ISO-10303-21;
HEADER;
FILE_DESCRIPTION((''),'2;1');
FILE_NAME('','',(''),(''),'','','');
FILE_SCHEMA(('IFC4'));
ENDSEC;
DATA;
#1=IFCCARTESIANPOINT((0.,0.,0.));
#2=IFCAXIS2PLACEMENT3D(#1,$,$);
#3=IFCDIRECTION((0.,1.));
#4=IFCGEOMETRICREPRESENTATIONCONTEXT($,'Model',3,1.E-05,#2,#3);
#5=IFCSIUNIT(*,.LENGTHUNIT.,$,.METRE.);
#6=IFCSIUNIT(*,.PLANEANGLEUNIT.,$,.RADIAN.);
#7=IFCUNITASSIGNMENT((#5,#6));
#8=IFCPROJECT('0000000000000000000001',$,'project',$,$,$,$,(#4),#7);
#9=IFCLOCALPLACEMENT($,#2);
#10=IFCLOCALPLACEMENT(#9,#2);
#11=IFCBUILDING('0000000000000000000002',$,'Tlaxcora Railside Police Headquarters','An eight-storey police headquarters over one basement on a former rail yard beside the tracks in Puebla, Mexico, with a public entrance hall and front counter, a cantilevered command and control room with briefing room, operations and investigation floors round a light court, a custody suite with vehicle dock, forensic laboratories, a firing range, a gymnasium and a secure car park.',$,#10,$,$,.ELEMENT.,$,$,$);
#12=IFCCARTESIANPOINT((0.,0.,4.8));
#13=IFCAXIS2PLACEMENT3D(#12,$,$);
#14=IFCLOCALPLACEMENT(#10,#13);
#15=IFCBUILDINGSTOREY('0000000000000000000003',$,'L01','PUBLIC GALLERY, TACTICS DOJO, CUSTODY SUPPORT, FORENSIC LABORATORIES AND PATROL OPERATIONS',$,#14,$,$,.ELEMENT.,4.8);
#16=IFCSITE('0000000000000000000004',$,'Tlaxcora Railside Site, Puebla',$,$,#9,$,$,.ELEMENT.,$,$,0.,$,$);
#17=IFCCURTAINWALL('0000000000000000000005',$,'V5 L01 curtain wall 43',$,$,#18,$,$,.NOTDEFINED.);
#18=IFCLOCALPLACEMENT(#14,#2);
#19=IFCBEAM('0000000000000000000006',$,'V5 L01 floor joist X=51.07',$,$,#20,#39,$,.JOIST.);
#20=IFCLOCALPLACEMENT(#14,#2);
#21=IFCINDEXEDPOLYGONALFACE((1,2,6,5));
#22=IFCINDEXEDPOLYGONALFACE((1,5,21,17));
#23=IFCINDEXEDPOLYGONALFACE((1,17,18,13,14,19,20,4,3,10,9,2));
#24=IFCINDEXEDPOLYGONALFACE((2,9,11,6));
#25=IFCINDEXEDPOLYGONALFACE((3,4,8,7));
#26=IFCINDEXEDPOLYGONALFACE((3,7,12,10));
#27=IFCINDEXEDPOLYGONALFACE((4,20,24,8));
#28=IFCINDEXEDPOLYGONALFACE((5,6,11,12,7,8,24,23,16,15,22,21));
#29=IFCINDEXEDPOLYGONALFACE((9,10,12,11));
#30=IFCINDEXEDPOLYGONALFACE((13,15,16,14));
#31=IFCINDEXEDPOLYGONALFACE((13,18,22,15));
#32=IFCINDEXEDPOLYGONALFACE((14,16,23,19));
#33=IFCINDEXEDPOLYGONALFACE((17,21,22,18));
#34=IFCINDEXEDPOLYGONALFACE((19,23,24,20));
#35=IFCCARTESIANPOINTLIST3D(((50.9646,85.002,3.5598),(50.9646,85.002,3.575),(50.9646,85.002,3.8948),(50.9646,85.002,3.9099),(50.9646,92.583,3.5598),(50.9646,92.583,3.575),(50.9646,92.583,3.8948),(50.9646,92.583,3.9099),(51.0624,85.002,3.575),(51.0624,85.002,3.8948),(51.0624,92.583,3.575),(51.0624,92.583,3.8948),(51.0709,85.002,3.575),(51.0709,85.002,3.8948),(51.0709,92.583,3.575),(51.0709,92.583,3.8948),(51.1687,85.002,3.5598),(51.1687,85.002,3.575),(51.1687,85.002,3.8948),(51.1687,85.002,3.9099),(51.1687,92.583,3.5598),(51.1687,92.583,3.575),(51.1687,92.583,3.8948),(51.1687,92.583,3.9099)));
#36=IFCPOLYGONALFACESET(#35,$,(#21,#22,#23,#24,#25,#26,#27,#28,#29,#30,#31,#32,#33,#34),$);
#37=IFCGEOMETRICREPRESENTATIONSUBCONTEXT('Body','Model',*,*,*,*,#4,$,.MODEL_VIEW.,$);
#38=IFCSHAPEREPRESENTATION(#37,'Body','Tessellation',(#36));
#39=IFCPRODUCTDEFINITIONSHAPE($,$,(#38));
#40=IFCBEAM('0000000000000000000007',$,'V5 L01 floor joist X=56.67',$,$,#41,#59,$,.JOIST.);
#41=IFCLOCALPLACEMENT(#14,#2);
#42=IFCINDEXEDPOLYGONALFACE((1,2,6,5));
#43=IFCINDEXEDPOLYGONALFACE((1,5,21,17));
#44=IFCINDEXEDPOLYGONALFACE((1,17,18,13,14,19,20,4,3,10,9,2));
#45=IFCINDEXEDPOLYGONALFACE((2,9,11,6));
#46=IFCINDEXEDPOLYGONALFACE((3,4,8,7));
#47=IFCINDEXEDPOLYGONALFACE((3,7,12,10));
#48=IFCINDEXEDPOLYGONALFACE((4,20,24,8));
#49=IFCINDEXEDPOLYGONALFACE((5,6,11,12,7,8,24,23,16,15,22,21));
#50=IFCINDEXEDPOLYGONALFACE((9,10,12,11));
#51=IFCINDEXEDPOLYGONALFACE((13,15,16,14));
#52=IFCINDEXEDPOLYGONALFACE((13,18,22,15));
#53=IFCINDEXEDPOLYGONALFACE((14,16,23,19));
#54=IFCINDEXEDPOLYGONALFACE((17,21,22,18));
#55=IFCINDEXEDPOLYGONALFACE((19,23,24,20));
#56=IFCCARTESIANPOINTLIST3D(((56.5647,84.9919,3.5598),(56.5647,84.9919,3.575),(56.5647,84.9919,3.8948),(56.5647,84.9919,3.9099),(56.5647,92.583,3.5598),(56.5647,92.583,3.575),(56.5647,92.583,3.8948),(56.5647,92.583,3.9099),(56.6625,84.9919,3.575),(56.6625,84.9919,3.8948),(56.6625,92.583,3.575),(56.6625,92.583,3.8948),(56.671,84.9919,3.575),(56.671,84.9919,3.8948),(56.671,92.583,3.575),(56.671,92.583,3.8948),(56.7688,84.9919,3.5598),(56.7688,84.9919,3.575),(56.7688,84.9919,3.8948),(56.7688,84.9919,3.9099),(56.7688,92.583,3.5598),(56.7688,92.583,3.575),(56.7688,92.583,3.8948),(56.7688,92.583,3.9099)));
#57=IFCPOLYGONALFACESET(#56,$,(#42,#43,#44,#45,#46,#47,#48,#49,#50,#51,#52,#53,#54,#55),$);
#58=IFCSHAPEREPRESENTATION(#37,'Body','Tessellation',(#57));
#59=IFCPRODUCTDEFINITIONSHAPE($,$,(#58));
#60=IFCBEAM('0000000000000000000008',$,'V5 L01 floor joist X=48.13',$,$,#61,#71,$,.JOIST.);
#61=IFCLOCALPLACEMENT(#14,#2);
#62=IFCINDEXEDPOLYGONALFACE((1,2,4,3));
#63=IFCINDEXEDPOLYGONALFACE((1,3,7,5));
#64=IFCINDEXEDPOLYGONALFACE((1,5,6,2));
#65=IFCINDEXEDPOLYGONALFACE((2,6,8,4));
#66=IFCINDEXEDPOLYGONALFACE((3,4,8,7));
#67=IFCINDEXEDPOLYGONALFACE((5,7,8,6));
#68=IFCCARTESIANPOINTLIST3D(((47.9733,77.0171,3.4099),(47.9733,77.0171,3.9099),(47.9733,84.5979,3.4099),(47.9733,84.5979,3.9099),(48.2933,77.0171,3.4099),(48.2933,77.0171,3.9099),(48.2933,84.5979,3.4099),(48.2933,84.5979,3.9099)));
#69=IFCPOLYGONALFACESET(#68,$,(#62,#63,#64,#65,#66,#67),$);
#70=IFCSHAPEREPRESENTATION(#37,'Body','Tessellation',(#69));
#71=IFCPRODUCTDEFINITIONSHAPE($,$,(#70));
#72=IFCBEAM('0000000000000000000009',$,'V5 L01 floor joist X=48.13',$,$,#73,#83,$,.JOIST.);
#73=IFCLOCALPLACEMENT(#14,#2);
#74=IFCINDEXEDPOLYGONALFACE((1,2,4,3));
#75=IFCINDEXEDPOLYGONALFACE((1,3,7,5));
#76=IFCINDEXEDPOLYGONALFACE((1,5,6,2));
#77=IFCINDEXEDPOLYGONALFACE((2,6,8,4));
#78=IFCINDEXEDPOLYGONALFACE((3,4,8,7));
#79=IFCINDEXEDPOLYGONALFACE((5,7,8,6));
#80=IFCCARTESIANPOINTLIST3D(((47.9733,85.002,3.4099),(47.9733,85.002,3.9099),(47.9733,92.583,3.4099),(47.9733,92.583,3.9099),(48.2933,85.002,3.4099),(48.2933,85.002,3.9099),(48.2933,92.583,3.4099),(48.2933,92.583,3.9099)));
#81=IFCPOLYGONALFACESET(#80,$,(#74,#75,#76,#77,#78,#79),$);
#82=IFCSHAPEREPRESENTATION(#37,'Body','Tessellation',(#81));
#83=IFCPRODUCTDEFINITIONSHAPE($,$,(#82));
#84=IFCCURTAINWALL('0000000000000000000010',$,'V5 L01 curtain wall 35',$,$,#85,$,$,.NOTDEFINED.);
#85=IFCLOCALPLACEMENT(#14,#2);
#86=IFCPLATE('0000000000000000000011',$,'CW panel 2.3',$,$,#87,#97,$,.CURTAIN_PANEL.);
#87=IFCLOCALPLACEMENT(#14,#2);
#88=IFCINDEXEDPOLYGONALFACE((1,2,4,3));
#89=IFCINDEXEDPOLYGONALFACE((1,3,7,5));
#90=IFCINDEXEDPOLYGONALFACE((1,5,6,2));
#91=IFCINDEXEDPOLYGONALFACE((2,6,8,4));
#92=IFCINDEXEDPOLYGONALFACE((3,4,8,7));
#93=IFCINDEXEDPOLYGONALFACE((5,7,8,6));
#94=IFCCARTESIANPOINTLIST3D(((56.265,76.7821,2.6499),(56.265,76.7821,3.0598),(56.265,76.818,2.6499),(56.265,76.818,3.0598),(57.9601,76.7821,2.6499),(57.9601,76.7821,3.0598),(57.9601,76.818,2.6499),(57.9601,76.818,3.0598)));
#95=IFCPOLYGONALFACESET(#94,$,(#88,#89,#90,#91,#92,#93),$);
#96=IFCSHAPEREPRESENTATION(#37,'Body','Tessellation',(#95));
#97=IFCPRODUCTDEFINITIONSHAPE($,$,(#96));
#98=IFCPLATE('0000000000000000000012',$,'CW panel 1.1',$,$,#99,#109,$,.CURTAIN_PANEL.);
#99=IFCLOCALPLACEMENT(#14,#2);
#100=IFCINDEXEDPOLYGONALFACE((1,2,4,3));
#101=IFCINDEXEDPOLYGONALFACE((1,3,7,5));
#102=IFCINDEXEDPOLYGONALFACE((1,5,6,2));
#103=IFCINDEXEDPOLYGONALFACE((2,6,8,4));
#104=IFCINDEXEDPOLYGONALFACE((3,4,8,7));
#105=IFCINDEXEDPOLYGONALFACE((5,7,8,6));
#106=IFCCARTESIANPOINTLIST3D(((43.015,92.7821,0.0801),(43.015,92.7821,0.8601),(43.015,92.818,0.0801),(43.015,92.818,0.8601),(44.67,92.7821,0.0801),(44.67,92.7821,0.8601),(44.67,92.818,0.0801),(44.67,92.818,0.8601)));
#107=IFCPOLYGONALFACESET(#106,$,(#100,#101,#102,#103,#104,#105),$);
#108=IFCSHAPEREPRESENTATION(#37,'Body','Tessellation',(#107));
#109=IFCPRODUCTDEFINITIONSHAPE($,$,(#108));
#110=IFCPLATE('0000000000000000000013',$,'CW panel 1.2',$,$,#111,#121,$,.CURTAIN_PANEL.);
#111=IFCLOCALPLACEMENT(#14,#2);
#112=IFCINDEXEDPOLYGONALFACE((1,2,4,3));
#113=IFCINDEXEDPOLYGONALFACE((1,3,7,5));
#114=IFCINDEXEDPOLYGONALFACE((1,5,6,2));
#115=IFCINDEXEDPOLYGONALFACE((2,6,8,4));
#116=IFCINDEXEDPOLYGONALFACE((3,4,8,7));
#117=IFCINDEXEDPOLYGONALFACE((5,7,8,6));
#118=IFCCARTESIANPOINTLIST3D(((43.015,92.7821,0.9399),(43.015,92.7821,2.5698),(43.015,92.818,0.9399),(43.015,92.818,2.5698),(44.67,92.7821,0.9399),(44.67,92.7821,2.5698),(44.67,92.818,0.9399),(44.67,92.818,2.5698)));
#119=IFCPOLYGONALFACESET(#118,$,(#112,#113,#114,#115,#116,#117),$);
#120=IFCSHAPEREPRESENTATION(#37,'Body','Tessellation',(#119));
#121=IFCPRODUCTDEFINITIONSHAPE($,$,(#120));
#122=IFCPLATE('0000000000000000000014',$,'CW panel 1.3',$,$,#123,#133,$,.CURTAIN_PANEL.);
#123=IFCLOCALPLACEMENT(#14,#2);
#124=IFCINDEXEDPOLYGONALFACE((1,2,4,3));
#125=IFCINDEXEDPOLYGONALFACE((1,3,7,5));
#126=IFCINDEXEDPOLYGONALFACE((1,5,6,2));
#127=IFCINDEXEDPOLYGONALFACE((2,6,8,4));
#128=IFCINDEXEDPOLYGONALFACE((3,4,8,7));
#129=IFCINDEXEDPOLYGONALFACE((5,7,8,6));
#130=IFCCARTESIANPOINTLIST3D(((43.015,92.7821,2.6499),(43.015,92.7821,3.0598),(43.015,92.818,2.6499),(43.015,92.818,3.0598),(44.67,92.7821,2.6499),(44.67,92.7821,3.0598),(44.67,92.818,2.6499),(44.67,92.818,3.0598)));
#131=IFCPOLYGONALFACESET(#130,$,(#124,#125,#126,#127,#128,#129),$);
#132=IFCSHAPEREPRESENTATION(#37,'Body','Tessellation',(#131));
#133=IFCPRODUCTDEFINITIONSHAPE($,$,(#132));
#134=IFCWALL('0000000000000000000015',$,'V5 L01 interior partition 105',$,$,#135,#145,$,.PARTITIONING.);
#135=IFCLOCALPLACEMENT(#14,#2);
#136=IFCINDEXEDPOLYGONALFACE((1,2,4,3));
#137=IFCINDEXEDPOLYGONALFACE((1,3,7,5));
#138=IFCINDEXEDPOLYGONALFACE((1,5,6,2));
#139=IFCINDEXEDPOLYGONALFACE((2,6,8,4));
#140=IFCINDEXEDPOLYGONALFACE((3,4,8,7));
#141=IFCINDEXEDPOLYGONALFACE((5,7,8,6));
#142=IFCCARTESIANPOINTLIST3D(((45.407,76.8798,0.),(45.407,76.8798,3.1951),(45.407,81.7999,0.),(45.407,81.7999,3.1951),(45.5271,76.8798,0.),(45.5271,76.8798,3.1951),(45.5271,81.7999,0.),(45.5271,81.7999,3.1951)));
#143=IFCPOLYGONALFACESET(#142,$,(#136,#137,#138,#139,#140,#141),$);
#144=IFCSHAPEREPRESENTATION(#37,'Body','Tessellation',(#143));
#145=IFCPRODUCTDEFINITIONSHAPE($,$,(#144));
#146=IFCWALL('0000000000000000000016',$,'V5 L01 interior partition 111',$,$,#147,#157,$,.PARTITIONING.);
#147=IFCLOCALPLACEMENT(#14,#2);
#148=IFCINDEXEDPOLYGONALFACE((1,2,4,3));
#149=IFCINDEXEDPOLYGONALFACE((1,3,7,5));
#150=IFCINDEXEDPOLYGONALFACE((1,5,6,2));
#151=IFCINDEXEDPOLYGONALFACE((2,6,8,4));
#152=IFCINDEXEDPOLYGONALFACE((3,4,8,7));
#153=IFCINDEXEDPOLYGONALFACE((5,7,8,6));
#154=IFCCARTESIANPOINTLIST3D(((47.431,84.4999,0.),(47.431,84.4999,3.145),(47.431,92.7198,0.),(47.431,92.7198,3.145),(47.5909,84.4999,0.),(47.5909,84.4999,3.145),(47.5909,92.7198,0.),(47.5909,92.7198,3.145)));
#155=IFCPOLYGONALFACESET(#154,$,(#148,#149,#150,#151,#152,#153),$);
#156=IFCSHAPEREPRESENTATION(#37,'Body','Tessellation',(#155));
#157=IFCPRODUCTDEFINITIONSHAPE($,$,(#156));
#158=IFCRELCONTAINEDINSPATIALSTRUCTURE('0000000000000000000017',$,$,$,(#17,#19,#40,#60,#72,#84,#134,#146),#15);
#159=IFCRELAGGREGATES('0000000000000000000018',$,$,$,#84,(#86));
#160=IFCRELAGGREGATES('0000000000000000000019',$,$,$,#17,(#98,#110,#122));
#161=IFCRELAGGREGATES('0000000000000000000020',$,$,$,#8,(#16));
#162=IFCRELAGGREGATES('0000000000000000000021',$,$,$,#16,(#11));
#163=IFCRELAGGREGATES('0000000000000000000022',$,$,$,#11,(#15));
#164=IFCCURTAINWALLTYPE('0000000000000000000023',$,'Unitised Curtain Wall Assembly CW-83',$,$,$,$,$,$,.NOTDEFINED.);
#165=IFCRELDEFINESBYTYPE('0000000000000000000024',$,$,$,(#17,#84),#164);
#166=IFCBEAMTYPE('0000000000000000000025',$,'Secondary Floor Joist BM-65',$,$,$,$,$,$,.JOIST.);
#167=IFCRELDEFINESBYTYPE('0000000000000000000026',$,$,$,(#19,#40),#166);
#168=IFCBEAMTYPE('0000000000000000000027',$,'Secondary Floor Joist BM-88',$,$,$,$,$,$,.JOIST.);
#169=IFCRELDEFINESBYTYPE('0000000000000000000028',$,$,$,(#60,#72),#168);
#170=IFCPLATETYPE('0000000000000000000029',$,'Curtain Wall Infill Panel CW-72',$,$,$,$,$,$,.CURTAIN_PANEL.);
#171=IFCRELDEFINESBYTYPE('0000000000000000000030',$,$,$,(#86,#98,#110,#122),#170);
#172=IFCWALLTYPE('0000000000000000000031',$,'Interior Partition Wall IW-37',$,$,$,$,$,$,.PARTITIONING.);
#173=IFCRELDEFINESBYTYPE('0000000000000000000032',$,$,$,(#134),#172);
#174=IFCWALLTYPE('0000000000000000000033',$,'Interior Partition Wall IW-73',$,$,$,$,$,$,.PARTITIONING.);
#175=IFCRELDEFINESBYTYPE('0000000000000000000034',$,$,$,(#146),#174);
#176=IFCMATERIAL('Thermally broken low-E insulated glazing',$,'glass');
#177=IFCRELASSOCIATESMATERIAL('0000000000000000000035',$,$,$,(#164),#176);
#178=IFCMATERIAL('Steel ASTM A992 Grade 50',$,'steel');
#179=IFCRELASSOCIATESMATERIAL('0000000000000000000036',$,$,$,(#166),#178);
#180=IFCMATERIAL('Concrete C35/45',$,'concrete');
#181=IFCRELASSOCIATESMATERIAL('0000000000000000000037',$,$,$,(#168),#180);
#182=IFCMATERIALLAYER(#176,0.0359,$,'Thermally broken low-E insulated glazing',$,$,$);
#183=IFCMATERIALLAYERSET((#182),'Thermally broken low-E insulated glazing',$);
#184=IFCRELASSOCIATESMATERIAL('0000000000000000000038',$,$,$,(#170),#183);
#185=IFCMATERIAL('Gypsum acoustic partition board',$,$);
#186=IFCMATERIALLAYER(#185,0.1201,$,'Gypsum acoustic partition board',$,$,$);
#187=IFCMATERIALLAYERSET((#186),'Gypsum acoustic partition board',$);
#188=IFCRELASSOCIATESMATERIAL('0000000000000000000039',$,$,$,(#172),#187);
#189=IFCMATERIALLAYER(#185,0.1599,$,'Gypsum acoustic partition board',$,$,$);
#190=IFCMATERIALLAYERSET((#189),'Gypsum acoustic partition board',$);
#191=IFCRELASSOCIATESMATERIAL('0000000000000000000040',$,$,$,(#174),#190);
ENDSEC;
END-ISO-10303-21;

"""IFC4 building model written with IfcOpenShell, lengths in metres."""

from ifc_helpers import new_model, si_unit, direction, frame, frame_2d, origin, origin_2d, place, context, subcontext, project, spatial, rectangle, i_section, extrude, material, layer, layer_set, material_profile, profile_set, type_object, element, aggregate, save


model = new_model("IFC4")

# Units and contexts
model_context = context("Model", 3, precision=1e-05, world=origin(), true_north=direction((0.0, 1.0)))
body_context = subcontext(model_context, "Body", "Model", "MODEL_VIEW")
ifc_project = project(units=[si_unit("LENGTHUNIT", "METRE"), si_unit("PLANEANGLEUNIT", "RADIAN")], contexts=[model_context])

# Site, building, storey
site_placement = place(None, origin())
site = spatial("IfcSite", under=ifc_project, at=site_placement, Name="Tlaxcora Railside Site, Puebla", CompositionType="ELEMENT", RefElevation=0.0)
building_placement = place(site_placement, origin())
building = spatial("IfcBuilding", under=site, at=building_placement, Name="Tlaxcora Railside Police Headquarters", Description="An eight-storey police headquarters over one basement on a former rail yard beside the tracks in Puebla, Mexico, with a public entrance hall and front counter, a cantilevered command and control room with briefing room, operations and investigation floors round a light court, a custody suite with vehicle dock, forensic laboratories, a firing range, a gymnasium and a secure car park.", CompositionType="ELEMENT")
storey_placement = place(building_placement, frame((0.0, 0.0, 4.8)))
storey = spatial("IfcBuildingStorey", under=building, at=storey_placement, Name="L01", Description="PUBLIC GALLERY, TACTICS DOJO, CUSTODY SUPPORT, FORENSIC LABORATORIES AND PATROL OPERATIONS", CompositionType="ELEMENT", Elevation=4.8)

# Curtain wall
ifc_material_1 = material(Name="Thermally broken low-E insulated glazing", Category="glass")
curtain_wall_type = type_object("IfcCurtainWallType", Name="Unitised Curtain Wall Assembly CW-83", PredefinedType="NOTDEFINED", material=ifc_material_1)
curtain_wall_1_placement = place(storey_placement, origin())
curtain_wall_1 = element("IfcCurtainWall", 1, at=curtain_wall_1_placement, inside=storey, type_object=curtain_wall_type, Name="V5 L01 curtain wall 43", PredefinedType="NOTDEFINED")

# Beams
ifc_material_2 = material(Name="Steel ASTM A992 Grade 50", Category="steel")
ifc_material_profile_1 = material_profile(ifc_material_2, i_section(OverallWidth=0.2041, OverallDepth=0.3501, WebThickness=0.0085, FlangeThickness=0.0151, at=origin_2d()), Name="W14X48")
ifc_profile_set_1 = profile_set([ifc_material_profile_1], Name="Steel ASTM A992 Grade 50")
beam_type_1 = type_object("IfcBeamType", Name="Secondary Floor Joist BM-65", PredefinedType="JOIST", material=ifc_profile_set_1)
beam_1_placement = place(storey_placement, frame((51.0667, 85.002, 3.7349), z_axis=(0.0, 1.0, 0.0), x_axis=(-1.0, 0.0, 0.0)))
element("IfcBeam", 2, at=beam_1_placement, inside=storey, type_object=beam_type_1, Name="V5 L01 floor joist X=51.07", PredefinedType="JOIST", context=body_context, shape_type="SweptSolid", body=[
    extrude(i_section(OverallWidth=0.2041, OverallDepth=0.3501, WebThickness=0.0085, FlangeThickness=0.0151, at=origin_2d()), origin(), (0.0, 0.0, 1.0), 7.5811),
])
beam_2_placement = place(storey_placement, frame((56.6667, 84.9919, 3.7349), z_axis=(0.0, 1.0, 0.0), x_axis=(-1.0, 0.0, 0.0)))
element("IfcBeam", 3, at=beam_2_placement, inside=storey, type_object=beam_type_1, Name="V5 L01 floor joist X=56.67", PredefinedType="JOIST", context=body_context, shape_type="SweptSolid", body=[
    extrude(i_section(OverallWidth=0.2041, OverallDepth=0.3501, WebThickness=0.0085, FlangeThickness=0.0151, at=origin_2d()), origin(), (0.0, 0.0, 1.0), 7.5911),
])
ifc_material_3 = material(Name="Concrete C35/45", Category="concrete")
ifc_material_profile_2 = material_profile(ifc_material_3, rectangle(XDim=0.3201, YDim=0.5, at=origin_2d()), Name="RC320X500")
ifc_profile_set_2 = profile_set([ifc_material_profile_2], Name="Concrete C35/45")
beam_type_2 = type_object("IfcBeamType", Name="Secondary Floor Joist BM-88", PredefinedType="JOIST", material=ifc_profile_set_2)
beam_3_placement = place(storey_placement, frame((48.1333, 77.0171, 3.6599), z_axis=(0.0, 1.0, 0.0), x_axis=(-1.0, 0.0, 0.0)))
element("IfcBeam", 4, at=beam_3_placement, inside=storey, type_object=beam_type_2, Name="V5 L01 floor joist X=48.13", PredefinedType="JOIST", context=body_context, shape_type="SweptSolid", body=[
    extrude(rectangle(XDim=0.3201, YDim=0.5, at=origin_2d()), origin(), (0.0, 0.0, 1.0), 7.5808),
])
beam_4_placement = place(storey_placement, frame((48.1333, 85.002, 3.6599), z_axis=(0.0, 1.0, 0.0), x_axis=(-1.0, 0.0, 0.0)))
element("IfcBeam", 5, at=beam_4_placement, inside=storey, type_object=beam_type_2, Name="V5 L01 floor joist X=48.13", PredefinedType="JOIST", context=body_context, shape_type="SweptSolid", body=[
    extrude(rectangle(XDim=0.3201, YDim=0.5, at=origin_2d()), origin(), (0.0, 0.0, 1.0), 7.5811),
])

# Curtain wall, plate
curtain_wall_2_placement = place(storey_placement, origin())
curtain_wall_2 = element("IfcCurtainWall", 6, at=curtain_wall_2_placement, inside=storey, type_object=curtain_wall_type, Name="V5 L01 curtain wall 35", PredefinedType="NOTDEFINED")
ifc_layer_1 = layer(ifc_material_1, 0.0359, Name="Thermally broken low-E insulated glazing")
ifc_layer_set_1 = layer_set([ifc_layer_1], Name="Thermally broken low-E insulated glazing")
plate_type = type_object("IfcPlateType", Name="Curtain Wall Infill Panel CW-72", PredefinedType="CURTAIN_PANEL", material=ifc_layer_set_1)
plate_1_placement = place(storey_placement, frame((57.1125, 76.8, 2.6499), z_axis=(0.0, 0.0, 1.0), x_axis=(1.0, 0.0, 0.0)))
plate_1 = element("IfcPlate", 7, at=plate_1_placement, type_object=plate_type, Name="CW panel 2.3", PredefinedType="CURTAIN_PANEL", context=body_context, shape_type="SweptSolid", body=[
    extrude(rectangle(XDim=1.6951, YDim=0.0359, at=origin_2d()), origin(), (0.0, 0.0, 1.0), 0.4099),
])
aggregate(curtain_wall_2, [plate_1])

# Plates
plate_2_placement = place(storey_placement, frame((43.8425, 92.8, 0.0801), z_axis=(0.0, 0.0, 1.0), x_axis=(-1.0, 0.0, 0.0)))
plate_2 = element("IfcPlate", 8, at=plate_2_placement, type_object=plate_type, Name="CW panel 1.1", PredefinedType="CURTAIN_PANEL", context=body_context, shape_type="SweptSolid", body=[
    extrude(rectangle(XDim=1.655, YDim=0.0359, at=origin_2d()), origin(), (0.0, 0.0, 1.0), 0.78),
])
plate_3_placement = place(storey_placement, frame((43.8425, 92.8, 0.9399), z_axis=(0.0, 0.0, 1.0), x_axis=(-1.0, 0.0, 0.0)))
plate_3 = element("IfcPlate", 9, at=plate_3_placement, type_object=plate_type, Name="CW panel 1.2", PredefinedType="CURTAIN_PANEL", context=body_context, shape_type="SweptSolid", body=[
    extrude(rectangle(XDim=1.655, YDim=0.0359, at=origin_2d()), origin(), (0.0, 0.0, 1.0), 1.6299),
])
plate_4_placement = place(storey_placement, frame((43.8425, 92.8, 2.6499), z_axis=(0.0, 0.0, 1.0), x_axis=(-1.0, 0.0, 0.0)))
plate_4 = element("IfcPlate", 10, at=plate_4_placement, type_object=plate_type, Name="CW panel 1.3", PredefinedType="CURTAIN_PANEL", context=body_context, shape_type="SweptSolid", body=[
    extrude(rectangle(XDim=1.655, YDim=0.0359, at=origin_2d()), origin(), (0.0, 0.0, 1.0), 0.4099),
])
aggregate(curtain_wall_1, [plate_2, plate_3, plate_4])

# Walls
ifc_material_4 = material(Name="Gypsum acoustic partition board")
ifc_layer_2 = layer(ifc_material_4, 0.1201, Name="Gypsum acoustic partition board")
ifc_layer_set_2 = layer_set([ifc_layer_2], Name="Gypsum acoustic partition board")
wall_type_1 = type_object("IfcWallType", Name="Interior Partition Wall IW-37", PredefinedType="PARTITIONING", material=ifc_layer_set_2)
wall_1_placement = place(storey_placement, frame((45.467, 76.8799, 0.0), z_axis=(0.0, 0.0, 1.0), x_axis=(0.0, 1.0, 0.0)))
element("IfcWall", 11, at=wall_1_placement, inside=storey, type_object=wall_type_1, Name="V5 L01 interior partition 105", PredefinedType="PARTITIONING", context=body_context, shape_type="SweptSolid", body=[
    extrude(rectangle(XDim=4.9202, YDim=0.1201, at=frame_2d((2.46, 0.0))), origin(), (0.0, 0.0, 1.0), 3.1951),
])
ifc_layer_3 = layer(ifc_material_4, 0.1599, Name="Gypsum acoustic partition board")
ifc_layer_set_3 = layer_set([ifc_layer_3], Name="Gypsum acoustic partition board")
wall_type_2 = type_object("IfcWallType", Name="Interior Partition Wall IW-73", PredefinedType="PARTITIONING", material=ifc_layer_set_3)
wall_2_placement = place(storey_placement, frame((47.511, 84.5, 0.0), z_axis=(0.0, 0.0, 1.0), x_axis=(0.0, 1.0, 0.0)))
element("IfcWall", 12, at=wall_2_placement, inside=storey, type_object=wall_type_2, Name="V5 L01 interior partition 111", PredefinedType="PARTITIONING", context=body_context, shape_type="SweptSolid", body=[
    extrude(rectangle(XDim=8.22, YDim=0.1599, at=frame_2d((4.1099, 0.0))), origin(), (0.0, 0.0, 1.0), 3.145),
])

save(model, "model.ifc")
